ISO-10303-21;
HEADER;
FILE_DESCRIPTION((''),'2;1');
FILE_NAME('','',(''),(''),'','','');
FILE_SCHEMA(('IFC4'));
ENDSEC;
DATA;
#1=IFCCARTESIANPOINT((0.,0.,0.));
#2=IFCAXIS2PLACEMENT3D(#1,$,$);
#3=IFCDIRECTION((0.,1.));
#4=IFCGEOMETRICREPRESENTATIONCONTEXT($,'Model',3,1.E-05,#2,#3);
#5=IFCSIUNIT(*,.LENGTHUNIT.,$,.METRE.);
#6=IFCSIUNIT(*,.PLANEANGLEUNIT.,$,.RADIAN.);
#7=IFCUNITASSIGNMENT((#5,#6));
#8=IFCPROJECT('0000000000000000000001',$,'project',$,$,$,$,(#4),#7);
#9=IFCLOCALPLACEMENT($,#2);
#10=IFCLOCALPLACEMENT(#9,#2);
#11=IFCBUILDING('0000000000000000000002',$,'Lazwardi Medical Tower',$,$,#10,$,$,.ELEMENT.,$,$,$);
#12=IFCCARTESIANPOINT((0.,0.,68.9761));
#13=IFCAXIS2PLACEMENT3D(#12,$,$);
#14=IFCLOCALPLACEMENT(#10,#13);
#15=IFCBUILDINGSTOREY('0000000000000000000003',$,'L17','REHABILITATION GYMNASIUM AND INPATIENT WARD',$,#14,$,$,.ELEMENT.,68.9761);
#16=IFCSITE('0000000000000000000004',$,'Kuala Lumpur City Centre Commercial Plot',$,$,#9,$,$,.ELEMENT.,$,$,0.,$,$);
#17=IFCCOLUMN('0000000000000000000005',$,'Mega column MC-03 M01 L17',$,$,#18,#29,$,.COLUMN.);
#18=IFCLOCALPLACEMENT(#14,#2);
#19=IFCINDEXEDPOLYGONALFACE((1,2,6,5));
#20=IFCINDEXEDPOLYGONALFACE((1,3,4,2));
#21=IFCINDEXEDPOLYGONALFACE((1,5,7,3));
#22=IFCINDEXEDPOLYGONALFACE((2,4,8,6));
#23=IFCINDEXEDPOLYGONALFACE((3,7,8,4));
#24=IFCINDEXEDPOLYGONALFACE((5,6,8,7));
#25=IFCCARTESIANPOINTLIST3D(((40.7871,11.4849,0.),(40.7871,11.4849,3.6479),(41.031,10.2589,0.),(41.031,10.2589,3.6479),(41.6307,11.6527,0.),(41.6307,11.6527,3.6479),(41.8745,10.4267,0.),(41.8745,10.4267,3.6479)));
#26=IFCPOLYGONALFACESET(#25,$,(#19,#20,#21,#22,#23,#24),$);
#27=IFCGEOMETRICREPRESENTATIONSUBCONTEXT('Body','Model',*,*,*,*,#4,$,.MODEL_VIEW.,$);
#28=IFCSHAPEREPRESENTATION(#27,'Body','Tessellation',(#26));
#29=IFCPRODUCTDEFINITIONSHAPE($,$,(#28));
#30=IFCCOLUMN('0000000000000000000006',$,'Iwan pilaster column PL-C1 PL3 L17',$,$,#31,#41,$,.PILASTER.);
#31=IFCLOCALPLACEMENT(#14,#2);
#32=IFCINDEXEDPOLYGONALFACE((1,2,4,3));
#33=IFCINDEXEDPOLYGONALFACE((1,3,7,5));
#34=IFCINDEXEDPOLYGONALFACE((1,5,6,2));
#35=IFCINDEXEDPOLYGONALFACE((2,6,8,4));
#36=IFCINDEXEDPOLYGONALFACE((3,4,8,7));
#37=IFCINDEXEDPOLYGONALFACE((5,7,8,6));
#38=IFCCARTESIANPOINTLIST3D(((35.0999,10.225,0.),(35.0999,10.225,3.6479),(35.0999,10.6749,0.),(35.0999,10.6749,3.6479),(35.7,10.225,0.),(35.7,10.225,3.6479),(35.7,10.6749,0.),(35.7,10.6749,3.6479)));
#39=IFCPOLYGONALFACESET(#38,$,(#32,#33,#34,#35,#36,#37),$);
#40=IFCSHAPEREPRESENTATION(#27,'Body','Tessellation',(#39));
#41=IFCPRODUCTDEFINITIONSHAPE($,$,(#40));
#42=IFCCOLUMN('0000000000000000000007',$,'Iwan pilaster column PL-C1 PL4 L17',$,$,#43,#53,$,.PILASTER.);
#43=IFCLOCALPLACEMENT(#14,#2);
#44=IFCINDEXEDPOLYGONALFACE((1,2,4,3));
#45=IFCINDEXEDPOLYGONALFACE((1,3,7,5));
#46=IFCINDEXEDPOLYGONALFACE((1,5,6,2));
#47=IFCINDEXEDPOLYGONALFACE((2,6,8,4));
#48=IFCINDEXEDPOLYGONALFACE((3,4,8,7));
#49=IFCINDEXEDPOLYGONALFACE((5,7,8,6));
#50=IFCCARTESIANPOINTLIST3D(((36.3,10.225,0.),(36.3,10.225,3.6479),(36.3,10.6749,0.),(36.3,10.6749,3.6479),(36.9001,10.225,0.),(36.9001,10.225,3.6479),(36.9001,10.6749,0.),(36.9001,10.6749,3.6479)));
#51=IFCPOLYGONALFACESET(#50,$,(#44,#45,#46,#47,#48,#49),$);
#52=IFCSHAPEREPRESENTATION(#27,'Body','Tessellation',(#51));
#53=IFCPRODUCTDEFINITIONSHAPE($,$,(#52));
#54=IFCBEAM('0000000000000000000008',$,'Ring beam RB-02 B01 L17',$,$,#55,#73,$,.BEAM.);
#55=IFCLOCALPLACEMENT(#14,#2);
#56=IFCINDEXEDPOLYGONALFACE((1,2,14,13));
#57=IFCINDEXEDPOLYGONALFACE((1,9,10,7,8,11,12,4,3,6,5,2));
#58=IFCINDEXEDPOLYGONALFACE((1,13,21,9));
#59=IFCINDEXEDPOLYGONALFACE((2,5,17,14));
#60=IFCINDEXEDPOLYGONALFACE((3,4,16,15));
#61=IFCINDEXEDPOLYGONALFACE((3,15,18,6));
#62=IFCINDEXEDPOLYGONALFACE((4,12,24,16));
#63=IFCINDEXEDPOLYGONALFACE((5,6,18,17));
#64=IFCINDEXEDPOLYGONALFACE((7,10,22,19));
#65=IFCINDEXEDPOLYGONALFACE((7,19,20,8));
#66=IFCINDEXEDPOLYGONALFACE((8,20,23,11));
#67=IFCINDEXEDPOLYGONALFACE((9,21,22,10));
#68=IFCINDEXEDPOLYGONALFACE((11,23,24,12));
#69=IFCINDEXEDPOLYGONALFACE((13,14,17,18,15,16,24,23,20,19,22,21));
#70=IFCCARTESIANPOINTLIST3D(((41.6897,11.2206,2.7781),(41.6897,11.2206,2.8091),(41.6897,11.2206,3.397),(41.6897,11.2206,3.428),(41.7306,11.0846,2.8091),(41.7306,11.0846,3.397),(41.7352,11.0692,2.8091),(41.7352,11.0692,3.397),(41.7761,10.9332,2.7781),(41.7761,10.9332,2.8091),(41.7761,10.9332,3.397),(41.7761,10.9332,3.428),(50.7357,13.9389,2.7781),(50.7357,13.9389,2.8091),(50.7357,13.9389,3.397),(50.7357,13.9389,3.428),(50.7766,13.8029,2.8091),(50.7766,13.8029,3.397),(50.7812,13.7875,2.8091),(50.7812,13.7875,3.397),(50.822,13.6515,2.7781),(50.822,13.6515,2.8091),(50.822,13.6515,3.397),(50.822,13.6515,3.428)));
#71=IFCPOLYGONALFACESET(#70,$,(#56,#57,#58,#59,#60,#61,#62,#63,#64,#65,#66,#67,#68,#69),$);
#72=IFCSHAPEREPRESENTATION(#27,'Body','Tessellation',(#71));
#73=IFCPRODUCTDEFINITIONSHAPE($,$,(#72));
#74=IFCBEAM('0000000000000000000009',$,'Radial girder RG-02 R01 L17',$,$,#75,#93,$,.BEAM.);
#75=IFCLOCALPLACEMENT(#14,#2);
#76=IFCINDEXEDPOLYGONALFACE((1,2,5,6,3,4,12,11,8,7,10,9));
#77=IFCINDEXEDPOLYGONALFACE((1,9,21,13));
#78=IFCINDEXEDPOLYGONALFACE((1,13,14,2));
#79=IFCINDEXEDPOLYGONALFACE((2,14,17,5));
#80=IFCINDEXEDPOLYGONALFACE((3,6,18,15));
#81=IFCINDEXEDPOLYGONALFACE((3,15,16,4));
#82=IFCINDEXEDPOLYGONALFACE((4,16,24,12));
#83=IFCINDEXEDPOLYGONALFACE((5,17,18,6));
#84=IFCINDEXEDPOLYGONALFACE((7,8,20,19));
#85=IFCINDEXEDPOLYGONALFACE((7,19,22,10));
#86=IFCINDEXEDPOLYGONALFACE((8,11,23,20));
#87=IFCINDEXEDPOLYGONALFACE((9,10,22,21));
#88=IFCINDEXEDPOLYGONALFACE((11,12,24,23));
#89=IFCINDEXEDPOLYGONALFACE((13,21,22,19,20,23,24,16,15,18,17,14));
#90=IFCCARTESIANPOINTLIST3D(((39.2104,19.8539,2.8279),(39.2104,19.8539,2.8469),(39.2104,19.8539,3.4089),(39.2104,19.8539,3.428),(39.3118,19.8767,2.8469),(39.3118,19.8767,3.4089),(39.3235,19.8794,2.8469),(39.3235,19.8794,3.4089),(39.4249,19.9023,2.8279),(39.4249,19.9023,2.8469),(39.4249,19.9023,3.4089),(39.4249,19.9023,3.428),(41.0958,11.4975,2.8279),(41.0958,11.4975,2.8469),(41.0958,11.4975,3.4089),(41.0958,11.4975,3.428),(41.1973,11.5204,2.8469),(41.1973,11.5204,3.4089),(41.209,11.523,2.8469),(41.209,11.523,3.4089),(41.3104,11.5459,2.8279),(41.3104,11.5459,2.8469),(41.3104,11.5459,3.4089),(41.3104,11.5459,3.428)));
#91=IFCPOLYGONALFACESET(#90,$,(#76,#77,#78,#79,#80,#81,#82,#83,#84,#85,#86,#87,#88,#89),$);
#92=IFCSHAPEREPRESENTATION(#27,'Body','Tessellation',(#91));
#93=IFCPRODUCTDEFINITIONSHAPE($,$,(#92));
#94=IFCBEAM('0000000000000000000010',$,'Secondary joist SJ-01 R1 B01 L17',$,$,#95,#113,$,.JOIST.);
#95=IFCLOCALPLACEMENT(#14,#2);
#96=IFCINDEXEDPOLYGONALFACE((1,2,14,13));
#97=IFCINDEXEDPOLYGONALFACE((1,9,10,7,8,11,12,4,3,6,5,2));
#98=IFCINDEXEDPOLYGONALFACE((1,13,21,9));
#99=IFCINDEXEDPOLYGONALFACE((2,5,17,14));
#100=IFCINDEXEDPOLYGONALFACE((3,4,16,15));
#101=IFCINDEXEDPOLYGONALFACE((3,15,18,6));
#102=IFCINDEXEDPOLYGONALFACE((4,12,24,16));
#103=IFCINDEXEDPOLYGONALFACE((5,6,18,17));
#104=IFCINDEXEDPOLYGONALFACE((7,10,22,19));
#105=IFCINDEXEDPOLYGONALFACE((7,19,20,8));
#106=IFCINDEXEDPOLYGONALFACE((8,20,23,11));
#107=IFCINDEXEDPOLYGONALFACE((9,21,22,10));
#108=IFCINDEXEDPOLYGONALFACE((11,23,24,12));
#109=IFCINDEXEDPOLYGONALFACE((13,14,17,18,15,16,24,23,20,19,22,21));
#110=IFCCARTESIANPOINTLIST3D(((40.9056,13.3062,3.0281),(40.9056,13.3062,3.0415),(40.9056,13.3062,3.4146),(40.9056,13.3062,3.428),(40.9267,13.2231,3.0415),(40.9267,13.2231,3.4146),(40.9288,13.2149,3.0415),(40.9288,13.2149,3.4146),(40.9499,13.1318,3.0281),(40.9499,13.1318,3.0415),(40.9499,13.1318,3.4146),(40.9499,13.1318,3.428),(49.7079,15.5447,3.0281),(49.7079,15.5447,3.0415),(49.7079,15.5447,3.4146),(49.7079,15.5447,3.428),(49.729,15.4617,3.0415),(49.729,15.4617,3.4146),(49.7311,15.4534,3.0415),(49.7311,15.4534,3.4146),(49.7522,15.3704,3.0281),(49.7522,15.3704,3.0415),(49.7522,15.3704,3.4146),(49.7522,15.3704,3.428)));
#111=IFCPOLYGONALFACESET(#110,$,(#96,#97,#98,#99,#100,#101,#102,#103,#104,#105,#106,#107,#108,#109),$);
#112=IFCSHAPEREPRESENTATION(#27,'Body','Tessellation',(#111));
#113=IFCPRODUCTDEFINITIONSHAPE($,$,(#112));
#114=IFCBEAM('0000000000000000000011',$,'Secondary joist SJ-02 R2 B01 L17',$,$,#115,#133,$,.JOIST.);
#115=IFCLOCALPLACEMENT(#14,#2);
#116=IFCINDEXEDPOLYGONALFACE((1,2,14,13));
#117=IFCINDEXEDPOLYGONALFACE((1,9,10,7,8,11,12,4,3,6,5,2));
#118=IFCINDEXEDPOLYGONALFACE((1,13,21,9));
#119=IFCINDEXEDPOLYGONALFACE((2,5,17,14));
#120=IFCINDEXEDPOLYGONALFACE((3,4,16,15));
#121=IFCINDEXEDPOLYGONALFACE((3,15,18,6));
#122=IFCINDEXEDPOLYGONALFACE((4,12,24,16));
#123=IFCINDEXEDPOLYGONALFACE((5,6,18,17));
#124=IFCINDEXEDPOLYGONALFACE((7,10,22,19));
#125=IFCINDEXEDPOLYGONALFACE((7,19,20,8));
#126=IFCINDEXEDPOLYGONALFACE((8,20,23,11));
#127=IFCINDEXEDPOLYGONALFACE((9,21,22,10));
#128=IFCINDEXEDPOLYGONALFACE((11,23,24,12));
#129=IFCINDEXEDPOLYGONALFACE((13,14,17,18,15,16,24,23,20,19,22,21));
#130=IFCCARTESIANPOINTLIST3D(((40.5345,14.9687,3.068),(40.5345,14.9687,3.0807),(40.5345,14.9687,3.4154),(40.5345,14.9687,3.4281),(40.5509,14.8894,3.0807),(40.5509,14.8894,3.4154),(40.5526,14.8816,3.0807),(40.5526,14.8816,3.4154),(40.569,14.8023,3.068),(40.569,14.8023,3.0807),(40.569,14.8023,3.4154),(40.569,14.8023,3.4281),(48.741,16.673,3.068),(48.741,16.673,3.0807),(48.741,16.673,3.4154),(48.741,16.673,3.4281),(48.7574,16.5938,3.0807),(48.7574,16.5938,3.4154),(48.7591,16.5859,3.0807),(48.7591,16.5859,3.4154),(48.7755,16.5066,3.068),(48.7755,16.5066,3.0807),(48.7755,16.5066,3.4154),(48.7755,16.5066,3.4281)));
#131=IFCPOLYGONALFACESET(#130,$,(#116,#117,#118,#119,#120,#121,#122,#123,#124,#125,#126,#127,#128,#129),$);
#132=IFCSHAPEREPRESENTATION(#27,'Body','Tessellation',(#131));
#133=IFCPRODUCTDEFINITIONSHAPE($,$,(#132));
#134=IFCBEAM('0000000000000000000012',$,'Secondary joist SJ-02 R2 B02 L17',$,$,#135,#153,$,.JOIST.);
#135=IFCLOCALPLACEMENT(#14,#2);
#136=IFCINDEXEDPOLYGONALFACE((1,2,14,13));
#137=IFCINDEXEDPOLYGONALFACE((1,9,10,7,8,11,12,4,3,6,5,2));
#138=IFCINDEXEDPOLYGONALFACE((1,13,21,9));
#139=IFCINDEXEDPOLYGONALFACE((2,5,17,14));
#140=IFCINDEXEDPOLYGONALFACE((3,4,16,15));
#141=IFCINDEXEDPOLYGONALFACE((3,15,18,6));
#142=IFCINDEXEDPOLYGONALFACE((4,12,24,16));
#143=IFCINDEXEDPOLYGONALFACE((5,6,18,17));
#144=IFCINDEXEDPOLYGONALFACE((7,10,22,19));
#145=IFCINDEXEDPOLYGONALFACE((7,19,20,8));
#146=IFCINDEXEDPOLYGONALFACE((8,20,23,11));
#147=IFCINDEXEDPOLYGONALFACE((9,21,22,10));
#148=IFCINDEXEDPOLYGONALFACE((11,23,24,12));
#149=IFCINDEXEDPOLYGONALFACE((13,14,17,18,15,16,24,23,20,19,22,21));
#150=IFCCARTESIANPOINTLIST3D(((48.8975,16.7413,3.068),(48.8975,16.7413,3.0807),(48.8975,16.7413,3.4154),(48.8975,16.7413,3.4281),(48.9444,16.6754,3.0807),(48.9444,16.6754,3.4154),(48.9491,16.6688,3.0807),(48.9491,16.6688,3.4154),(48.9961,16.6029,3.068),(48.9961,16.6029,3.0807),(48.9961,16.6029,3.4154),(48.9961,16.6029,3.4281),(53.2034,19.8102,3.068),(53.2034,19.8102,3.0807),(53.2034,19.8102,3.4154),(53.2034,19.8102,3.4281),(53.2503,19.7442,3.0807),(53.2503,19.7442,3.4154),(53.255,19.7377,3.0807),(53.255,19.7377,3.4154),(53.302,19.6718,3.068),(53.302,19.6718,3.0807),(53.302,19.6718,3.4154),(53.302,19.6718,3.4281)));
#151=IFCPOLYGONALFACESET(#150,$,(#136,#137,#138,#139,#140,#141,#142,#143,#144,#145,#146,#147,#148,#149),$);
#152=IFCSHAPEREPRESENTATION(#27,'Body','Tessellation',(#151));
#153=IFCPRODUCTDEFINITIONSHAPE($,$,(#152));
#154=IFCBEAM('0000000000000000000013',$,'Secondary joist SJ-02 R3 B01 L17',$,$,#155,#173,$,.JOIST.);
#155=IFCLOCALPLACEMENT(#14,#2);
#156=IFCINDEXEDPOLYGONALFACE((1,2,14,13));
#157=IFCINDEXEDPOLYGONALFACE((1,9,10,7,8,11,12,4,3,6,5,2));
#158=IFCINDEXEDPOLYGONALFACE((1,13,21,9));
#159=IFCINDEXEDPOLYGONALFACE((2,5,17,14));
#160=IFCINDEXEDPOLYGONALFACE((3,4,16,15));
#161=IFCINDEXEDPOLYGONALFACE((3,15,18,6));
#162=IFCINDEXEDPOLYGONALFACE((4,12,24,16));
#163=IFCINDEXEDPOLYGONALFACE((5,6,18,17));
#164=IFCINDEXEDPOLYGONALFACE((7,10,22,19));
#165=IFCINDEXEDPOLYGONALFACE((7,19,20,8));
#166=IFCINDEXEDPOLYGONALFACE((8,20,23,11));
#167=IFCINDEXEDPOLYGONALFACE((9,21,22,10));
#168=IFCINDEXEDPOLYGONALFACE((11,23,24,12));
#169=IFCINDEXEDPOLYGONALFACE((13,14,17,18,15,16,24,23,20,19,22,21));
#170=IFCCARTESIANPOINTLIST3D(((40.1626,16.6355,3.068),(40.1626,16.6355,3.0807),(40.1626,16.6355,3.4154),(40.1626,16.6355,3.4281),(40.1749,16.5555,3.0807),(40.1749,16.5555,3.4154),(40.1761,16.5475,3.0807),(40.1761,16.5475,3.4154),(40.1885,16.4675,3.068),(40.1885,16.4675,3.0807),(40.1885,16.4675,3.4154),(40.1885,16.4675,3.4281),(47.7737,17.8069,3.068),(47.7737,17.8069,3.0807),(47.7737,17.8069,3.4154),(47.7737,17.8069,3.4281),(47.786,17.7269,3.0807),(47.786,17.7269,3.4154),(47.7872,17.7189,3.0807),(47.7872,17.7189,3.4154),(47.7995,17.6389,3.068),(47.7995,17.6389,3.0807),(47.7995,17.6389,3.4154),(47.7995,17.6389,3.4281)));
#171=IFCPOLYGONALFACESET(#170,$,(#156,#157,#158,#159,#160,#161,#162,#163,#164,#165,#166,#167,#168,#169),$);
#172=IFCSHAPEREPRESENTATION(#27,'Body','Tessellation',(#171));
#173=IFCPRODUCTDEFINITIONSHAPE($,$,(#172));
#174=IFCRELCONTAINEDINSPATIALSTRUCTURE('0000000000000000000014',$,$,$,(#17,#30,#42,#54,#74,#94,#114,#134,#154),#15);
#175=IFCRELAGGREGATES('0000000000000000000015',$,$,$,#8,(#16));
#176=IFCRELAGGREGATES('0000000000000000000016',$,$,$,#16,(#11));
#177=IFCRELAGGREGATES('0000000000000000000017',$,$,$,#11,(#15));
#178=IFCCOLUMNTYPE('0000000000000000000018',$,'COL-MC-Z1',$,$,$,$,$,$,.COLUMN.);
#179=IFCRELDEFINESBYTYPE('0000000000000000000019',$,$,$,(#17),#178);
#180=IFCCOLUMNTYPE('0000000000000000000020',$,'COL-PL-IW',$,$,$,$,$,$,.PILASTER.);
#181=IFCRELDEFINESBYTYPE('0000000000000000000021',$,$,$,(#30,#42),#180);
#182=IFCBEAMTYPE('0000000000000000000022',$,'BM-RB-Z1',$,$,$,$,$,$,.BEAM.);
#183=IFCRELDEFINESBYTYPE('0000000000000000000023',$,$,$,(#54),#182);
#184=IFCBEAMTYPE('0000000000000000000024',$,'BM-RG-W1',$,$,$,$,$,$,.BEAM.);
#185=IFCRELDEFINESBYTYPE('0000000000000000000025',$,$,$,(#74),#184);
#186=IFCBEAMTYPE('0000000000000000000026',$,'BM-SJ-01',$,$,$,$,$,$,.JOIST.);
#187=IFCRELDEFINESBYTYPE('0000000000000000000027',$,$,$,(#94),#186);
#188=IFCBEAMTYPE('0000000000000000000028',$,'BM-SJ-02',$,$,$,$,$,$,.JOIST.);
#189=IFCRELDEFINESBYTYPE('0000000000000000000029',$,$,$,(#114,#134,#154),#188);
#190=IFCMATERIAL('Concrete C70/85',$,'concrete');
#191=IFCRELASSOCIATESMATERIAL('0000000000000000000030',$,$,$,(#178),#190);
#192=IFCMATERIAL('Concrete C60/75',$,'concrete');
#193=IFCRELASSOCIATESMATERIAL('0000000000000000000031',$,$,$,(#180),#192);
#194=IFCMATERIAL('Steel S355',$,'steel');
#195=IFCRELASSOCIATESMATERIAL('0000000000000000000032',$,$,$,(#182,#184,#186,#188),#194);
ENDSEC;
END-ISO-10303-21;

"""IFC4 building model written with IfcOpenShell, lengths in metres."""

from ifc_helpers import new_model, si_unit, direction, frame, origin, origin_2d, place, context, subcontext, project, spatial, rectangle, i_section, extrude, material, material_profile, profile_set, type_object, element, save


model = new_model("IFC4")

# Units and contexts
model_context = context("Model", 3, precision=1e-05, world=origin(), true_north=direction((0.0, 1.0)))
body_context = subcontext(model_context, "Body", "Model", "MODEL_VIEW")
ifc_project = project(units=[si_unit("LENGTHUNIT", "METRE"), si_unit("PLANEANGLEUNIT", "RADIAN")], contexts=[model_context])

# Site, building, storey
site_placement = place(None, origin())
site = spatial("IfcSite", under=ifc_project, at=site_placement, Name="Kuala Lumpur City Centre Commercial Plot", CompositionType="ELEMENT", RefElevation=0.0)
building_placement = place(site_placement, origin())
building = spatial("IfcBuilding", under=site, at=building_placement, Name="Lazwardi Medical Tower", CompositionType="ELEMENT")
storey_placement = place(building_placement, frame((0.0, 0.0, 68.9761)))
storey = spatial("IfcBuildingStorey", under=building, at=storey_placement, Name="L17", Description="REHABILITATION GYMNASIUM AND INPATIENT WARD", CompositionType="ELEMENT", Elevation=68.9761)

# Columns
ifc_material_1 = material(Name="Concrete C70/85", Category="concrete")
ifc_material_profile_1 = material_profile(ifc_material_1, rectangle(XDim=1.25, YDim=0.8601, at=origin_2d()), Name="CFT-RECT 1250x860")
ifc_profile_set_1 = profile_set([ifc_material_profile_1], Name="Concrete C70/85")
column_type_1 = type_object("IfcColumnType", Name="COL-MC-Z1", PredefinedType="COLUMN", material=ifc_profile_set_1)
column_placement = place(storey_placement, frame((41.3308, 10.9558, 0.0), z_axis=(0.0, 0.0, 1.0), x_axis=(0.19509, -0.980785, 0.0)))
element("IfcColumn", 1, at=column_placement, inside=storey, type_object=column_type_1, Name="Mega column MC-03 M01 L17", PredefinedType="COLUMN", context=body_context, shape_type="SweptSolid", body=[
    extrude(rectangle(XDim=1.25, YDim=0.8601, at=origin_2d()), origin(), (0.0, 0.0, 1.0), 3.6479),
])
ifc_material_2 = material(Name="Concrete C60/75", Category="concrete")
ifc_material_profile_2 = material_profile(ifc_material_2, rectangle(XDim=0.6001, YDim=0.45, at=origin_2d()), Name="RC 600x450")
ifc_profile_set_2 = profile_set([ifc_material_profile_2], Name="Concrete C60/75")
column_type_2 = type_object("IfcColumnType", Name="COL-PL-IW", PredefinedType="PILASTER", material=ifc_profile_set_2)
for number, where, z_axis, x_axis, name in (
    (2, (35.3999, 10.45, 0.0), (0.0, 0.0, 1.0), (1.0, 0.0, 0.0), "Iwan pilaster column PL-C1 PL3 L17"),
    (3, (36.6001, 10.45, 0.0), (0.0, 0.0, 1.0), (1.0, 0.0, 0.0), "Iwan pilaster column PL-C1 PL4 L17"),
):
    element("IfcColumn", number, at=place(storey_placement, frame(where, z_axis=z_axis, x_axis=x_axis)), inside=storey, type_object=column_type_2, Name=name, PredefinedType="PILASTER", context=body_context, shape_type="SweptSolid", body=[
        extrude(rectangle(XDim=0.6001, YDim=0.45, at=origin_2d()), origin(), (0.0, 0.0, 1.0), 3.6479),
    ])

# Beams
ifc_material_3 = material(Name="Steel S355", Category="steel")
ifc_material_profile_3 = material_profile(ifc_material_3, i_section(OverallWidth=0.3, OverallDepth=0.6499, WebThickness=0.0161, FlangeThickness=0.031, at=origin_2d()), Name="HEB 650")
ifc_profile_set_3 = profile_set([ifc_material_profile_3], Name="Steel S355")
beam_type_1 = type_object("IfcBeamType", Name="BM-RB-Z1", PredefinedType="BEAM", material=ifc_profile_set_3)
beam_1_placement = place(storey_placement, frame((41.7329, 11.0769, 3.103), z_axis=(0.957695, 0.287784, 0.0), x_axis=(-0.287784, 0.957695, 0.0)))
element("IfcBeam", 4, at=beam_1_placement, inside=storey, type_object=beam_type_1, Name="Ring beam RB-02 B01 L17", PredefinedType="BEAM", context=body_context, shape_type="SweptSolid", body=[
    extrude(i_section(OverallWidth=0.3, OverallDepth=0.6499, WebThickness=0.0161, FlangeThickness=0.031, at=origin_2d()), origin(), (0.0, 0.0, 1.0), 9.4456),
])
ifc_material_profile_4 = material_profile(ifc_material_3, i_section(OverallWidth=0.22, OverallDepth=0.6001, WebThickness=0.012, FlangeThickness=0.019, at=origin_2d()), Name="IPE 600")
ifc_profile_set_4 = profile_set([ifc_material_profile_4], Name="Steel S355")
beam_type_2 = type_object("IfcBeamType", Name="BM-RG-W1", PredefinedType="BEAM", material=ifc_profile_set_4)
beam_2_placement = place(storey_placement, frame((41.2031, 11.5217, 3.1279), z_axis=(-0.220101, 0.975477, 0.0), x_axis=(-0.975477, -0.220101, 0.0)))
element("IfcBeam", 5, at=beam_2_placement, inside=storey, type_object=beam_type_2, Name="Radial girder RG-02 R01 L17", PredefinedType="BEAM", context=body_context, shape_type="SweptSolid", body=[
    extrude(i_section(OverallWidth=0.22, OverallDepth=0.6001, WebThickness=0.012, FlangeThickness=0.019, at=origin_2d()), origin(), (0.0, 0.0, 1.0), 8.5664),
])
ifc_material_profile_5 = material_profile(ifc_material_3, i_section(OverallWidth=0.1799, OverallDepth=0.3999, WebThickness=0.0085, FlangeThickness=0.0134, at=origin_2d()), Name="IPE 400")
ifc_profile_set_5 = profile_set([ifc_material_profile_5], Name="Steel S355")
beam_type_3 = type_object("IfcBeamType", Name="BM-SJ-01", PredefinedType="JOIST", material=ifc_profile_set_5)
beam_3_placement = place(storey_placement, frame((40.9277, 13.219, 3.228), z_axis=(0.969151, 0.246468, 0.0), x_axis=(-0.246468, 0.969151, 0.0)))
element("IfcBeam", 6, at=beam_3_placement, inside=storey, type_object=beam_type_3, Name="Secondary joist SJ-01 R1 B01 L17", PredefinedType="JOIST", context=body_context, shape_type="SweptSolid", body=[
    extrude(i_section(OverallWidth=0.1799, OverallDepth=0.3999, WebThickness=0.0085, FlangeThickness=0.0134, at=origin_2d()), origin(), (0.0, 0.0, 1.0), 9.0825),
])
ifc_material_profile_6 = material_profile(ifc_material_3, i_section(OverallWidth=0.1699, OverallDepth=0.3601, WebThickness=0.0081, FlangeThickness=0.0127, at=origin_2d()), Name="IPE 360")
ifc_profile_set_6 = profile_set([ifc_material_profile_6], Name="Steel S355")
beam_type_4 = type_object("IfcBeamType", Name="BM-SJ-02", PredefinedType="JOIST", material=ifc_profile_set_6)
beam_4_placement = place(storey_placement, frame((40.5518, 14.8855, 3.248), z_axis=(0.979108, 0.203342, 0.0), x_axis=(-0.203342, 0.979108, 0.0)))
element("IfcBeam", 7, at=beam_4_placement, inside=storey, type_object=beam_type_4, Name="Secondary joist SJ-02 R2 B01 L17", PredefinedType="JOIST", context=body_context, shape_type="SweptSolid", body=[
    extrude(i_section(OverallWidth=0.1699, OverallDepth=0.3601, WebThickness=0.0081, FlangeThickness=0.0127, at=origin_2d()), origin(), (0.0, 0.0, 1.0), 8.3816),
])
beam_5_placement = place(storey_placement, frame((48.9468, 16.6721, 3.248), z_axis=(0.814341, 0.580386, 0.0), x_axis=(-0.580386, 0.814341, 0.0)))
element("IfcBeam", 8, at=beam_5_placement, inside=storey, type_object=beam_type_4, Name="Secondary joist SJ-02 R2 B02 L17", PredefinedType="JOIST", context=body_context, shape_type="SweptSolid", body=[
    extrude(i_section(OverallWidth=0.1699, OverallDepth=0.3601, WebThickness=0.0081, FlangeThickness=0.0127, at=origin_2d()), origin(), (0.0, 0.0, 1.0), 5.2876),
])
beam_6_placement = place(storey_placement, frame((40.1755, 16.5515, 3.248), z_axis=(0.988363, 0.152114, 0.0), x_axis=(-0.152114, 0.988363, 0.0)))
element("IfcBeam", 9, at=beam_6_placement, inside=storey, type_object=beam_type_4, Name="Secondary joist SJ-02 R3 B01 L17", PredefinedType="JOIST", context=body_context, shape_type="SweptSolid", body=[
    extrude(i_section(OverallWidth=0.1699, OverallDepth=0.3601, WebThickness=0.0081, FlangeThickness=0.0127, at=origin_2d()), origin(), (0.0, 0.0, 1.0), 7.7007),
])

save(model, "model.ifc")
